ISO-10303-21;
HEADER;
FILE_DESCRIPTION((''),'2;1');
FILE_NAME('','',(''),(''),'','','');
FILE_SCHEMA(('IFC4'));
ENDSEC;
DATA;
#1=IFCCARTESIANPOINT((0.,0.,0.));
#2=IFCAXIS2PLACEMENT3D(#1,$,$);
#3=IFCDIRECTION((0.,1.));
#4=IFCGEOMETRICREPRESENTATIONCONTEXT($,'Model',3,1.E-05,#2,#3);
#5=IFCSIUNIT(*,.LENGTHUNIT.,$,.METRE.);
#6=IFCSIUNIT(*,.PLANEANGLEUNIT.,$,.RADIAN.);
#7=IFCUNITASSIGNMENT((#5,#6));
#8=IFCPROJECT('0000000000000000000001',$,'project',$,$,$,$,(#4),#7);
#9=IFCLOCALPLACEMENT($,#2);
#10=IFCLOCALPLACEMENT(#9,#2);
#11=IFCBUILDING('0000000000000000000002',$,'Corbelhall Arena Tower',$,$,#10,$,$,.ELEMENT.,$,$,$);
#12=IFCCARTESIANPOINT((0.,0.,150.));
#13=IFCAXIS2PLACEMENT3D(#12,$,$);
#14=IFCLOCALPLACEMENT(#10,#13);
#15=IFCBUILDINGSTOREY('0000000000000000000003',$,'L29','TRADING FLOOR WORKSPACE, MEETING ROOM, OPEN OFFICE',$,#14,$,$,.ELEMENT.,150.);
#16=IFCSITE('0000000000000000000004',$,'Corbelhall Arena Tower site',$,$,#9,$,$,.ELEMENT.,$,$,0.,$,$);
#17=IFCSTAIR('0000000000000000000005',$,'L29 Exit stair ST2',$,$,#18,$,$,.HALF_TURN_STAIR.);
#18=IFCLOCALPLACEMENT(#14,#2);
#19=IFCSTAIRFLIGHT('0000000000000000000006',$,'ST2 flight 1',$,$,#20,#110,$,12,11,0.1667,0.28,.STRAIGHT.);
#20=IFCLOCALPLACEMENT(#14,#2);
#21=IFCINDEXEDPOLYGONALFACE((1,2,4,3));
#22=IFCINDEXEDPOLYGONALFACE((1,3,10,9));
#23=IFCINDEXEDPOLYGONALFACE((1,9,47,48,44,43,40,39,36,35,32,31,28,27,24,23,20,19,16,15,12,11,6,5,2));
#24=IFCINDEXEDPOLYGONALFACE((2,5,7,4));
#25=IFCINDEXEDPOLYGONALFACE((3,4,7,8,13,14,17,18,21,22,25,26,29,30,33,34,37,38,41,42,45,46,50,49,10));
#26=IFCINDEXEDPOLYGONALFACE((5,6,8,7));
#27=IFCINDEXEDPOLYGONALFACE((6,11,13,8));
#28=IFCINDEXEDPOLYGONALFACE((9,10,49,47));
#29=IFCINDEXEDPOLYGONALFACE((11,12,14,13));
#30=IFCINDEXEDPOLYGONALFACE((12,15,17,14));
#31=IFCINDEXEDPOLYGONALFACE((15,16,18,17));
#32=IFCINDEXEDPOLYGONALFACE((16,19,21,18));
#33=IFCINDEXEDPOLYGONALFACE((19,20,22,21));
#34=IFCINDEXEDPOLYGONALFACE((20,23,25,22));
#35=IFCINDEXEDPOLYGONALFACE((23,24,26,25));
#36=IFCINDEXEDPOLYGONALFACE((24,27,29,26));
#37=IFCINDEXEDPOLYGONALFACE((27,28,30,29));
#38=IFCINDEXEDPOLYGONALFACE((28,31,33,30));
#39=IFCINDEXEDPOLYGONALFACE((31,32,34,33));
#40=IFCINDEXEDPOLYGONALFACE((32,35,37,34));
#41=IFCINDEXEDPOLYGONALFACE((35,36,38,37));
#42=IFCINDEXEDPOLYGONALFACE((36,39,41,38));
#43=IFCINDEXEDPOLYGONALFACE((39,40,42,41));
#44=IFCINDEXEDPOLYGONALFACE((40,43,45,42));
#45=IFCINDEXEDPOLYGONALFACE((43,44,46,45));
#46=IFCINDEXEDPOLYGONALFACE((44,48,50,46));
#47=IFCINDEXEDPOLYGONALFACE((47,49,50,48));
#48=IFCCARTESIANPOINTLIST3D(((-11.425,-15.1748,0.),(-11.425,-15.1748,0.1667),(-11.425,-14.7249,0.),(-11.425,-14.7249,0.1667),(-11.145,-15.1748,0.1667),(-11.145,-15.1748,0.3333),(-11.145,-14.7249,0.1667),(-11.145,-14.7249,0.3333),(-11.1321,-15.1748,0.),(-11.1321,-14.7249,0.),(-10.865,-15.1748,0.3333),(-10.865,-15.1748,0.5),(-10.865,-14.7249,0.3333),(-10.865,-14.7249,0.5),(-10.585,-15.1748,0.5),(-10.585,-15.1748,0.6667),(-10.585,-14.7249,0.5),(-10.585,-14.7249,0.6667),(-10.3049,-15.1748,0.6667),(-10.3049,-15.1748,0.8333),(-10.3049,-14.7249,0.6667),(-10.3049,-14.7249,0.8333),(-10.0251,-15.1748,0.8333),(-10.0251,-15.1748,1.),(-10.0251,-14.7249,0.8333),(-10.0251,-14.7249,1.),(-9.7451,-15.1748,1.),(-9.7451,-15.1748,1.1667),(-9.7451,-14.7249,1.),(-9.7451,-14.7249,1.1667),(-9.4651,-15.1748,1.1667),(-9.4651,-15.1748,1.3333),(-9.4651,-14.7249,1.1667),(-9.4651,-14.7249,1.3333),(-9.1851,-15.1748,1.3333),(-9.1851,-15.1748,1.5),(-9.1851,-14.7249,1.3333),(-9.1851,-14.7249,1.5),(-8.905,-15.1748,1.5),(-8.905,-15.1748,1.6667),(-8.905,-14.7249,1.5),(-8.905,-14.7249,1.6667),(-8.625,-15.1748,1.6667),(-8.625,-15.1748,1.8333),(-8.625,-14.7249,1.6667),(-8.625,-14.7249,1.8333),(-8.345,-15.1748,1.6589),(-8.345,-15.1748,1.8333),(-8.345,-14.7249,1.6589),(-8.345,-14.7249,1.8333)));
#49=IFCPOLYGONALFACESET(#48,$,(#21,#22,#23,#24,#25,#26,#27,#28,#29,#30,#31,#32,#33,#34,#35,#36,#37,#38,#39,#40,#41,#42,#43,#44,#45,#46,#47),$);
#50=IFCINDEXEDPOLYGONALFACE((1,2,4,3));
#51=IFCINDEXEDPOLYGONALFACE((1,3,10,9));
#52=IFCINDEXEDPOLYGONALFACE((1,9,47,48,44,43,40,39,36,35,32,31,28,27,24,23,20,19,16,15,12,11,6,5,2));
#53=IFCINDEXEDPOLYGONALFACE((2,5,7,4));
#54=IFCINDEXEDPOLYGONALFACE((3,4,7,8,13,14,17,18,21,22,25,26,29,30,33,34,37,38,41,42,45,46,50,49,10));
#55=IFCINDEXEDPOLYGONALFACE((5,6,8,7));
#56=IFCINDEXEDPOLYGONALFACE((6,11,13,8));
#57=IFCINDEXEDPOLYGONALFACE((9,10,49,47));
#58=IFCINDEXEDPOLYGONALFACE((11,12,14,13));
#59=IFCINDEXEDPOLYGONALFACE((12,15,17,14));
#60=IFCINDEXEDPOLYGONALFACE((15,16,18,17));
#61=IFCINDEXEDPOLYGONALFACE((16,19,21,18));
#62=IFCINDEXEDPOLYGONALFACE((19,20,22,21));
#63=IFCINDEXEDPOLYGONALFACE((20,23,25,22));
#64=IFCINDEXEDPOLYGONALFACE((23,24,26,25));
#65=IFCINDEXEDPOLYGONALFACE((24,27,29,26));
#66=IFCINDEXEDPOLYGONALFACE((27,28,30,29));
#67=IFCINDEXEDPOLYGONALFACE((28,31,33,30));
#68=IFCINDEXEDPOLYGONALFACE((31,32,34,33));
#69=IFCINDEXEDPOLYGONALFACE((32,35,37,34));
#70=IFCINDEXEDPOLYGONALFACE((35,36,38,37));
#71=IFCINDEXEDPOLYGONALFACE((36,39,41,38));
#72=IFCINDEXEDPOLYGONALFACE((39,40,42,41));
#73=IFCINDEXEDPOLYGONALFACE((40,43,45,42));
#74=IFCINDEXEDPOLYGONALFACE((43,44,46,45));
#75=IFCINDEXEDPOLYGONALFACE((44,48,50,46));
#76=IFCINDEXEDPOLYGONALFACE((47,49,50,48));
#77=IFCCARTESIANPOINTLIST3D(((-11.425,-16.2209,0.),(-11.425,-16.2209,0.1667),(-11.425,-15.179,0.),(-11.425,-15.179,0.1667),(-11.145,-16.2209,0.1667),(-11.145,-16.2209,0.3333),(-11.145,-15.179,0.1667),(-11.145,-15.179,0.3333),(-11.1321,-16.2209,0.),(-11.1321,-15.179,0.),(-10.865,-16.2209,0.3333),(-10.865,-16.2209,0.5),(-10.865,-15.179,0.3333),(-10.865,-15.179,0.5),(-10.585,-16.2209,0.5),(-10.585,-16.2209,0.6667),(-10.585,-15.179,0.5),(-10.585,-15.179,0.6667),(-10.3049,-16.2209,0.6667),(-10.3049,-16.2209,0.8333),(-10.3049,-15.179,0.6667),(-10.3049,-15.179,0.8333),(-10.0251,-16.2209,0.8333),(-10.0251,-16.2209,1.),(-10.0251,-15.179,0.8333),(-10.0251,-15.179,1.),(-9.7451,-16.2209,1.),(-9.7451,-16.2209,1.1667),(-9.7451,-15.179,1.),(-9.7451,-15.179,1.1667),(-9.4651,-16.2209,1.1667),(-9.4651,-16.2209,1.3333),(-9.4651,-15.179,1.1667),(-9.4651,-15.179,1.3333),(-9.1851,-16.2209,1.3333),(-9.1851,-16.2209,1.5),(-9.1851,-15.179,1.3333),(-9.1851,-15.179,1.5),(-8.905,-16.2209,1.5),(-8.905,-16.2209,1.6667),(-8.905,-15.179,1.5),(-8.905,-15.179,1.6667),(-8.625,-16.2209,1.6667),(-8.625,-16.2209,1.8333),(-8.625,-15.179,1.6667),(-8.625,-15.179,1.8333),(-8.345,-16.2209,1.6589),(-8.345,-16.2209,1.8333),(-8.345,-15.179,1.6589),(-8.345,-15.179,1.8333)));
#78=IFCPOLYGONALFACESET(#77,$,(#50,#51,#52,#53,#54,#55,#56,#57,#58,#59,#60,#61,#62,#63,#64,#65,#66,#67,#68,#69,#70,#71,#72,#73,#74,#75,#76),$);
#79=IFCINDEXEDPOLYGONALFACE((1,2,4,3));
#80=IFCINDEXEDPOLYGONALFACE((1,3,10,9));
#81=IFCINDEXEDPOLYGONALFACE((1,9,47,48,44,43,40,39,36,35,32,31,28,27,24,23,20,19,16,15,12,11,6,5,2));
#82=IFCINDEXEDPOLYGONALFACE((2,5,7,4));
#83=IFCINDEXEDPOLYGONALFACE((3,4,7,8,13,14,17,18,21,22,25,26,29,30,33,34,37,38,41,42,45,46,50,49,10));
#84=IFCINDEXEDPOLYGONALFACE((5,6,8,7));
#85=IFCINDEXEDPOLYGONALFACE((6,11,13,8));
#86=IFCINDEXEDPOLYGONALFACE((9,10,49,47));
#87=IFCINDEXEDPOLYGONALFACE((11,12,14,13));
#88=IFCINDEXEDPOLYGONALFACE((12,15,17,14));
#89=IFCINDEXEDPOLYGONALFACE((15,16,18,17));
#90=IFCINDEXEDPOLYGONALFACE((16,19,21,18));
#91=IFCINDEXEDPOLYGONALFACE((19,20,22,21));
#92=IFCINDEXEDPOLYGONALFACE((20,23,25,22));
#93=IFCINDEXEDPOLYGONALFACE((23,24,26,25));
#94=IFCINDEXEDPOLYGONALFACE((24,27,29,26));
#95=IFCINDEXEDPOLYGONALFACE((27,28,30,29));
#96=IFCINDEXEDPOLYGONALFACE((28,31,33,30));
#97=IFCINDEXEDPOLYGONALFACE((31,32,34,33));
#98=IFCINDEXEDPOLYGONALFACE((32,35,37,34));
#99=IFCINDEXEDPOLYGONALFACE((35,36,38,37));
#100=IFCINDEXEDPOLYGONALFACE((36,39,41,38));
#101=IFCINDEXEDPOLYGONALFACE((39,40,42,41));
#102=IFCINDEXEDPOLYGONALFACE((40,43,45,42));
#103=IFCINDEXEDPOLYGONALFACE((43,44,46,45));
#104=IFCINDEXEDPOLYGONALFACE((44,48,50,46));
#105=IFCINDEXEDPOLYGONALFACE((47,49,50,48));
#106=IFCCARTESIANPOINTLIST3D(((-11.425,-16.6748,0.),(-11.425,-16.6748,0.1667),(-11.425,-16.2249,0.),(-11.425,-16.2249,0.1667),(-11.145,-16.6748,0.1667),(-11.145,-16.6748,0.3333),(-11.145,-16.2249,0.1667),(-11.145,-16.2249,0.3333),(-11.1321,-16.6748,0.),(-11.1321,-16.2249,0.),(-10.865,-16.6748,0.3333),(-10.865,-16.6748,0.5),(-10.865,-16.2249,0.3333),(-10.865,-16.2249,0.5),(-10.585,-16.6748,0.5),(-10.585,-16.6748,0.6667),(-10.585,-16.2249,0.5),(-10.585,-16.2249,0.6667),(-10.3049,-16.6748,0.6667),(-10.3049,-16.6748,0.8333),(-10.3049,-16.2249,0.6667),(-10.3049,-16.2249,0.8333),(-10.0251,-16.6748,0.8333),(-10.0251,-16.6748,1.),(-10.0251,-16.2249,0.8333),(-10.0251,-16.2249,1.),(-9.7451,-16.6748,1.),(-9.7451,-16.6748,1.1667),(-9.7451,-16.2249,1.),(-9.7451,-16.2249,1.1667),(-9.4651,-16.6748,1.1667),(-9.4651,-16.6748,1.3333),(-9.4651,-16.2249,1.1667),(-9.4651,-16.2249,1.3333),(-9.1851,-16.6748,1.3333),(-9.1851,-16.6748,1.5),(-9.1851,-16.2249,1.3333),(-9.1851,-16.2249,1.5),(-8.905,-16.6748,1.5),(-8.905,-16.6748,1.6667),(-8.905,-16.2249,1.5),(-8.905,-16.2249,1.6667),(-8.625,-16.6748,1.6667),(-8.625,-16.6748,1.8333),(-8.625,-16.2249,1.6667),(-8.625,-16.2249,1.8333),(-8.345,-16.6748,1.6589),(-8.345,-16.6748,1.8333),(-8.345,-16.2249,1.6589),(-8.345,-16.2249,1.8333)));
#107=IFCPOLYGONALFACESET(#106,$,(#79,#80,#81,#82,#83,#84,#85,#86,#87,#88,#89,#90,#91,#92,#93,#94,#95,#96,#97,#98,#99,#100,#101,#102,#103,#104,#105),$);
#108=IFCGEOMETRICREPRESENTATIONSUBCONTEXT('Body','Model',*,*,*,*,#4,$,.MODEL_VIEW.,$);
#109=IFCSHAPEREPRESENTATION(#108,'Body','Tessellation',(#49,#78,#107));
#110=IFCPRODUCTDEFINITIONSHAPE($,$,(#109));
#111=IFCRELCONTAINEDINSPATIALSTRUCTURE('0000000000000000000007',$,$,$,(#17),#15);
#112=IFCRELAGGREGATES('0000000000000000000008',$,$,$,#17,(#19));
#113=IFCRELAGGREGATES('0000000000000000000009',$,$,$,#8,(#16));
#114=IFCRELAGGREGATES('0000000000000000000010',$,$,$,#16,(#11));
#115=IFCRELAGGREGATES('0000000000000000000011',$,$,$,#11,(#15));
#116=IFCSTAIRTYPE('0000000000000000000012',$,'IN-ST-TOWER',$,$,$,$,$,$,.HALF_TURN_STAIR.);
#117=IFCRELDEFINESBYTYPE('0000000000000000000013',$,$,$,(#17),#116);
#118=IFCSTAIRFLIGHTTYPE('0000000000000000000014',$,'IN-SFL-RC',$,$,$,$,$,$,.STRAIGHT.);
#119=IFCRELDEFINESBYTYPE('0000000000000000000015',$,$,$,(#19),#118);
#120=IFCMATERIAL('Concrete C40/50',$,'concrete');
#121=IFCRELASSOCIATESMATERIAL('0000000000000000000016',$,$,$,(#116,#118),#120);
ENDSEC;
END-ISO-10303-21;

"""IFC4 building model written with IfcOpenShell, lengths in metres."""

from ifc_helpers import new_model, si_unit, direction, frame, origin, place, context, subcontext, project, spatial, polyline, outline, extrude, material, type_object, element, aggregate, save


model = new_model("IFC4")

# Units and contexts
model_context = context("Model", 3, precision=1e-05, world=origin(), true_north=direction((0.0, 1.0)))
body_context = subcontext(model_context, "Body", "Model", "MODEL_VIEW")
ifc_project = project(units=[si_unit("LENGTHUNIT", "METRE"), si_unit("PLANEANGLEUNIT", "RADIAN")], contexts=[model_context])

# Site, building, storey
site_placement = place(None, origin())
site = spatial("IfcSite", under=ifc_project, at=site_placement, Name="Corbelhall Arena Tower site", CompositionType="ELEMENT", RefElevation=0.0)
building_placement = place(site_placement, origin())
building = spatial("IfcBuilding", under=site, at=building_placement, Name="Corbelhall Arena Tower", CompositionType="ELEMENT")
storey_placement = place(building_placement, frame((0.0, 0.0, 150.0)))
storey = spatial("IfcBuildingStorey", under=building, at=storey_placement, Name="L29", Description="TRADING FLOOR WORKSPACE, MEETING ROOM, OPEN OFFICE", CompositionType="ELEMENT", Elevation=150.0)

# Shared definitions
ifc_material_1 = material(Name="Concrete C40/50", Category="concrete")

# Stair, stair flight
stair_type = type_object("IfcStairType", Name="IN-ST-TOWER", PredefinedType="HALF_TURN_STAIR", material=ifc_material_1)
stair_placement = place(storey_placement, origin())
stair = element("IfcStair", 1, at=stair_placement, inside=storey, type_object=stair_type, Name="L29 Exit stair ST2", PredefinedType="HALF_TURN_STAIR")
stair_flight_type = type_object("IfcStairFlightType", Name="IN-SFL-RC", PredefinedType="STRAIGHT", material=ifc_material_1)
stair_flight_1_placement = place(storey_placement, frame((-11.425, -15.7, 0.0), z_axis=(0.0, 0.0, 1.0), x_axis=(1.0, 0.0, 0.0)))
stair_flight_1 = element("IfcStairFlight", 2, at=stair_flight_1_placement, type_object=stair_flight_type, Name="ST2 flight 1", NumberOfRisers=12, NumberOfTreads=11, PredefinedType="STRAIGHT", RiserHeight=0.1667, TreadLength=0.28, context=body_context, shape_type="SweptSolid", body=[
    extrude(outline(polyline([(0.0, 0.0), (0.0, 0.1667), (0.28, 0.1667), (0.28, 0.3333), (0.5601, 0.3333), (0.5601, 0.5), (0.8401, 0.5), (0.8401, 0.6667), (1.1201, 0.6667), (1.1201, 0.8333), (1.3999, 0.8333), (1.3999, 1.0), (1.6799, 1.0), (1.6799, 1.1667), (1.96, 1.1667), (1.96, 1.3333), (2.24, 1.3333), (2.24, 1.5), (2.52, 1.5), (2.52, 1.6667), (2.8, 1.6667), (2.8, 1.8333), (3.0801, 1.8333), (3.0801, 2.0), (3.0801, 1.6589), (0.293, 0.0), (0.0, 0.0)])), frame((0.0, 0.9751, 0.0), z_axis=(0.0, -1.0, 0.0), x_axis=(1.0, 0.0, 0.0)), (0.0, 0.0, 1.0), 0.45),
    extrude(outline(polyline([(0.0, 0.0), (0.0, 0.1667), (0.28, 0.1667), (0.28, 0.3333), (0.5601, 0.3333), (0.5601, 0.5), (0.8401, 0.5), (0.8401, 0.6667), (1.1201, 0.6667), (1.1201, 0.8333), (1.3999, 0.8333), (1.3999, 1.0), (1.6799, 1.0), (1.6799, 1.1667), (1.96, 1.1667), (1.96, 1.3333), (2.24, 1.3333), (2.24, 1.5), (2.52, 1.5), (2.52, 1.6667), (2.8, 1.6667), (2.8, 1.8333), (3.0801, 1.8333), (3.0801, 2.0), (3.0801, 1.6589), (0.293, 0.0), (0.0, 0.0)])), frame((0.0, 0.521, 0.0), z_axis=(0.0, -1.0, 0.0), x_axis=(1.0, 0.0, 0.0)), (0.0, 0.0, 1.0), 1.042),
    extrude(outline(polyline([(0.0, 0.0), (0.0, 0.1667), (0.28, 0.1667), (0.28, 0.3333), (0.5601, 0.3333), (0.5601, 0.5), (0.8401, 0.5), (0.8401, 0.6667), (1.1201, 0.6667), (1.1201, 0.8333), (1.3999, 0.8333), (1.3999, 1.0), (1.6799, 1.0), (1.6799, 1.1667), (1.96, 1.1667), (1.96, 1.3333), (2.24, 1.3333), (2.24, 1.5), (2.52, 1.5), (2.52, 1.6667), (2.8, 1.6667), (2.8, 1.8333), (3.0801, 1.8333), (3.0801, 2.0), (3.0801, 1.6589), (0.293, 0.0), (0.0, 0.0)])), frame((0.0, -0.5249, 0.0), z_axis=(0.0, -1.0, 0.0), x_axis=(1.0, 0.0, 0.0)), (0.0, 0.0, 1.0), 0.45),
])
aggregate(stair, [stair_flight_1])

save(model, "model.ifc")
